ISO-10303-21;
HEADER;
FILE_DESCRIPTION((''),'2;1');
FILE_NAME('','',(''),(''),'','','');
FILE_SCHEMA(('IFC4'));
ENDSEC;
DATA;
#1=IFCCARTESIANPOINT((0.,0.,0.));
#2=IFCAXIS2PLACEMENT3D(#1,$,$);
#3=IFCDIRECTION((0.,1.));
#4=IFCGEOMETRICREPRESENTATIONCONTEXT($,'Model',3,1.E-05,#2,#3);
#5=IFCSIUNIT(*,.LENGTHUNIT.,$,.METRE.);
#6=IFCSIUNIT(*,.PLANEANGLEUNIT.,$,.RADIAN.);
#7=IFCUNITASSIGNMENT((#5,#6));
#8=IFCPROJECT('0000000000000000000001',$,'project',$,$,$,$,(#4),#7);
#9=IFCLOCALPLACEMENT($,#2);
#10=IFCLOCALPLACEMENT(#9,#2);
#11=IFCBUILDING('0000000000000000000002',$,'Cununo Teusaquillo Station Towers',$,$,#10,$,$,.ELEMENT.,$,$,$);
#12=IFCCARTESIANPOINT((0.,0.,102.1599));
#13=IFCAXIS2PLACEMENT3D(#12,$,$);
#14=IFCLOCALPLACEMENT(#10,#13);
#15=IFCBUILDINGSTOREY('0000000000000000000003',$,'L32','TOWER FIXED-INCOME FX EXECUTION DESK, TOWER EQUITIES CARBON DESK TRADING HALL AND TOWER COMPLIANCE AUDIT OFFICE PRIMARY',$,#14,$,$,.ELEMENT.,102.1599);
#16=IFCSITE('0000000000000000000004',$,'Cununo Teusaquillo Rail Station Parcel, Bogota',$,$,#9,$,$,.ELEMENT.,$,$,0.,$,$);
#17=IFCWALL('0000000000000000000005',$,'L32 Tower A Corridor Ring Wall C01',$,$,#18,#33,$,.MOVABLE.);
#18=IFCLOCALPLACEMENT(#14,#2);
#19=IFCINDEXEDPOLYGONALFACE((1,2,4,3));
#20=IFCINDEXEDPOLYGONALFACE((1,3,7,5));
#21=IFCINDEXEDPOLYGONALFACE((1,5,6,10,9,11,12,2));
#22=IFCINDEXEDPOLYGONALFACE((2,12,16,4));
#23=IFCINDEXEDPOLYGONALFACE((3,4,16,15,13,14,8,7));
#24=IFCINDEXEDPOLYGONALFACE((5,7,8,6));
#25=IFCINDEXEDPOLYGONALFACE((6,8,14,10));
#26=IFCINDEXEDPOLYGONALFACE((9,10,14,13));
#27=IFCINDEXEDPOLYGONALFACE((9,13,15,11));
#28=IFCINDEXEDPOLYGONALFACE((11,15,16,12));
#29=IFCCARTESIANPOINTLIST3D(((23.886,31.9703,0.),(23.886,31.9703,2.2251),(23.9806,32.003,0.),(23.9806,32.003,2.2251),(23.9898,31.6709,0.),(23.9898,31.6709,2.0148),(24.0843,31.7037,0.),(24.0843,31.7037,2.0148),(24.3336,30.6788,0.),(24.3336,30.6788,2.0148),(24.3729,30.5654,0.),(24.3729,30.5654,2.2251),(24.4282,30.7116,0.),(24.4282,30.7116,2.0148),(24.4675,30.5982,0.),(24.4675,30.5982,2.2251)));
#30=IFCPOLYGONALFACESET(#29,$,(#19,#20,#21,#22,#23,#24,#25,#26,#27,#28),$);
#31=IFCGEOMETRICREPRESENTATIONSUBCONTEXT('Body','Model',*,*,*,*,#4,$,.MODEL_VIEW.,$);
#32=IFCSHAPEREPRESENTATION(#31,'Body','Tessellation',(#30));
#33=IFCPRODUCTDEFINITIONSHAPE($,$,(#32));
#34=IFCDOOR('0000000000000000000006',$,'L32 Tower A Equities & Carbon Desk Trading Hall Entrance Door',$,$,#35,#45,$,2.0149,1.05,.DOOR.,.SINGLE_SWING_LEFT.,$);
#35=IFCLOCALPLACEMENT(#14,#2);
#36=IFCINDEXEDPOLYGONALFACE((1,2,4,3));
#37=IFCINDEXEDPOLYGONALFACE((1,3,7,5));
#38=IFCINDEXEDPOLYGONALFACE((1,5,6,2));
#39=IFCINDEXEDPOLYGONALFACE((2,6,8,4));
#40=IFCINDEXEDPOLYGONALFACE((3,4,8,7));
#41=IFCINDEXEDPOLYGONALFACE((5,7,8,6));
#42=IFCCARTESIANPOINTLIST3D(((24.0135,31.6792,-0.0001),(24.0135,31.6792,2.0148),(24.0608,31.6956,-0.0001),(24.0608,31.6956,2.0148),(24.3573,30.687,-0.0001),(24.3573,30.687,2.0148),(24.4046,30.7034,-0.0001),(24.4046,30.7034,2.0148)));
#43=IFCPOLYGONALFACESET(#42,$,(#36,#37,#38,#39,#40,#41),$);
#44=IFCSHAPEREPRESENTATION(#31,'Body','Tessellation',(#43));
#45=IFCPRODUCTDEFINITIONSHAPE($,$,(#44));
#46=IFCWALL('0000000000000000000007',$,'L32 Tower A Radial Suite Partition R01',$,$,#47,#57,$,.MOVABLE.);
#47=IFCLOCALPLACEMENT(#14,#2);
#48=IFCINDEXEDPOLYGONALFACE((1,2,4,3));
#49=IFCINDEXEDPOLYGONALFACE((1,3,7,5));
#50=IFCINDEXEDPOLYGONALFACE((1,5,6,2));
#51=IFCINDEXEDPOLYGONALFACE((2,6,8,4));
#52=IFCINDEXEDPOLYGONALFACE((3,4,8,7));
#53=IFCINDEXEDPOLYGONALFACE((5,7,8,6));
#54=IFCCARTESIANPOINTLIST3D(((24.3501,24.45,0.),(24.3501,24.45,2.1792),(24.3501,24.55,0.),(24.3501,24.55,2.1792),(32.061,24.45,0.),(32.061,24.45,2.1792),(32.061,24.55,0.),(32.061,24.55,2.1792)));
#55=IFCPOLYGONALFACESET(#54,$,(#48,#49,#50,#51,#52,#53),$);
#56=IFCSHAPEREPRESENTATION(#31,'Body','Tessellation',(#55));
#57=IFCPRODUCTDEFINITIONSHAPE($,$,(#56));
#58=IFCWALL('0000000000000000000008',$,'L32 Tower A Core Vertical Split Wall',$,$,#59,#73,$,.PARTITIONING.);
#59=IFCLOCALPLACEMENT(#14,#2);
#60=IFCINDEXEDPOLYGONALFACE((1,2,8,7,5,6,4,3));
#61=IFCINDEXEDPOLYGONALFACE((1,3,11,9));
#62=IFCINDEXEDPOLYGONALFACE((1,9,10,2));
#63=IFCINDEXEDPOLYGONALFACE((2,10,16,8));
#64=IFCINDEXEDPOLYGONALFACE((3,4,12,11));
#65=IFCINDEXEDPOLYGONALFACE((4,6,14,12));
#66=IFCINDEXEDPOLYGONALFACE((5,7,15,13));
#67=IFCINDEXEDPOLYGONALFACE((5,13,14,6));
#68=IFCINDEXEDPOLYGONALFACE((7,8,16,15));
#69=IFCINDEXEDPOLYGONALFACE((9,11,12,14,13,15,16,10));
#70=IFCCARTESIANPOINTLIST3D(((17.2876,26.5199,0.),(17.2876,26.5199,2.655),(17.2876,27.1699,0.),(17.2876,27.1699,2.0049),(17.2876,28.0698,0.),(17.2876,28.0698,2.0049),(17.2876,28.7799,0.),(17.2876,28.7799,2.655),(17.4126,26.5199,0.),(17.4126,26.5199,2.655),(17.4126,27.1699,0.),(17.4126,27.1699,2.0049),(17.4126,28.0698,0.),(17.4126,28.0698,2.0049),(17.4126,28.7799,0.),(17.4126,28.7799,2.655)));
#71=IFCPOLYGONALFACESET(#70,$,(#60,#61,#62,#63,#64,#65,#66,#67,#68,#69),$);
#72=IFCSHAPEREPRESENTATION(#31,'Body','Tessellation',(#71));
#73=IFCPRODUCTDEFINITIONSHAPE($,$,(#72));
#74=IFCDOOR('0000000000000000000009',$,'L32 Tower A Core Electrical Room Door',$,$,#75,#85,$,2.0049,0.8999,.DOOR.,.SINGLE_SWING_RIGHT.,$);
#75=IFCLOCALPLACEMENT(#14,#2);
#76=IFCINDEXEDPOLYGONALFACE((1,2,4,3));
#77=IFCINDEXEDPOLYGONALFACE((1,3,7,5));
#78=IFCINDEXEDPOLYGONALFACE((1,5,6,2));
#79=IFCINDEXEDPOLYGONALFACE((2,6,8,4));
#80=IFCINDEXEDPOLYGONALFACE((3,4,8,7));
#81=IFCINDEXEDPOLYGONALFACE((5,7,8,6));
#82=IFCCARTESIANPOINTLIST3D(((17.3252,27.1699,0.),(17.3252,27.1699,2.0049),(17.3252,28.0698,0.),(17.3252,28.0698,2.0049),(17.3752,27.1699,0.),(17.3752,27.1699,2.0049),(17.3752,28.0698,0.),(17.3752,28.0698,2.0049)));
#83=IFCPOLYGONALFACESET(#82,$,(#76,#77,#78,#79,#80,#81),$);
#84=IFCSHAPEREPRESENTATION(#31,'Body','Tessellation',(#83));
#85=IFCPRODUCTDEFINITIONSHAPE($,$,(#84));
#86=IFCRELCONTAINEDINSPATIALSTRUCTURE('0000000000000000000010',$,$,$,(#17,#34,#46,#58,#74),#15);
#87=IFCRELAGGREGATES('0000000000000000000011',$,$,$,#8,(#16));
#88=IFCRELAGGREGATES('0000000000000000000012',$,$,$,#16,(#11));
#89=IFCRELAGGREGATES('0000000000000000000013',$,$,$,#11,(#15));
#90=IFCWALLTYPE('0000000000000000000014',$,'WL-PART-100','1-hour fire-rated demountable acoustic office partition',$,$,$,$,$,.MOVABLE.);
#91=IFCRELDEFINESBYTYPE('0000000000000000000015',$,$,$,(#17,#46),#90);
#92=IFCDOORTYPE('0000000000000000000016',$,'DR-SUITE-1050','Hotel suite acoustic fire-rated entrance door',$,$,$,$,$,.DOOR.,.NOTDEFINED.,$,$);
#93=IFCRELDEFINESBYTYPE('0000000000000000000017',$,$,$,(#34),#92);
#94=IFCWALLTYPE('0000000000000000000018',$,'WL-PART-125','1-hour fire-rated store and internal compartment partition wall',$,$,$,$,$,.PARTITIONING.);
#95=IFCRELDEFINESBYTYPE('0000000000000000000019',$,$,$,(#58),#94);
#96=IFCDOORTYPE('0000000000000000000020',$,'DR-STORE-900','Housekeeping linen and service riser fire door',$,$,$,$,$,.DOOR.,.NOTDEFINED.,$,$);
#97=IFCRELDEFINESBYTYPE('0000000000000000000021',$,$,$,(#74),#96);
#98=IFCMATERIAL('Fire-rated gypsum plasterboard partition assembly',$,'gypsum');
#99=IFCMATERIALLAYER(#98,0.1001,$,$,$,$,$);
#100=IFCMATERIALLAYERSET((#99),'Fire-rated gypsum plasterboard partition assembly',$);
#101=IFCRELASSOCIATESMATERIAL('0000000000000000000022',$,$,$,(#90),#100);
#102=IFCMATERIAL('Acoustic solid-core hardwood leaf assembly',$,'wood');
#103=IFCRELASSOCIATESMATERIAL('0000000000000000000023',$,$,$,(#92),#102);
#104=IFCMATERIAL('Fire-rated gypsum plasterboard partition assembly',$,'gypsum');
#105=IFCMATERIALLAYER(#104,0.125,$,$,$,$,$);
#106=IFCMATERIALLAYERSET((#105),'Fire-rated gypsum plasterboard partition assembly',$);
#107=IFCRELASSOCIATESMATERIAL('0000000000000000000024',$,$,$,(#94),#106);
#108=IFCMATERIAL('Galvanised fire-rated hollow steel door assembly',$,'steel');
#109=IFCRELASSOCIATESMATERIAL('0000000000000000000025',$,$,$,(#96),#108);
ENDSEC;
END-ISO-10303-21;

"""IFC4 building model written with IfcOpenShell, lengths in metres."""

from ifc_helpers import new_model, si_unit, direction, frame, frame_2d, origin, place, context, subcontext, project, spatial, rectangle, extrude, source, transform, mapped, material, layer, layer_set, type_object, element, fill, save


model = new_model("IFC4")

# Units and contexts
model_context = context("Model", 3, precision=1e-05, world=origin(), true_north=direction((0.0, 1.0)))
body_context = subcontext(model_context, "Body", "Model", "MODEL_VIEW")
ifc_project = project(units=[si_unit("LENGTHUNIT", "METRE"), si_unit("PLANEANGLEUNIT", "RADIAN")], contexts=[model_context])

# Site, building, storey
site_placement = place(None, origin())
site = spatial("IfcSite", under=ifc_project, at=site_placement, Name="Cununo Teusaquillo Rail Station Parcel, Bogota", CompositionType="ELEMENT", RefElevation=0.0)
building_placement = place(site_placement, origin())
building = spatial("IfcBuilding", under=site, at=building_placement, Name="Cununo Teusaquillo Station Towers", CompositionType="ELEMENT")
storey_placement = place(building_placement, frame((0.0, 0.0, 102.1599)))
storey = spatial("IfcBuildingStorey", under=building, at=storey_placement, Name="L32", Description="TOWER FIXED-INCOME FX EXECUTION DESK, TOWER EQUITIES CARBON DESK TRADING HALL AND TOWER COMPLIANCE AUDIT OFFICE PRIMARY", CompositionType="ELEMENT", Elevation=102.1599)

# Shared definitions
ifc_material_1 = material(Name="Fire-rated gypsum plasterboard partition assembly", Category="gypsum")
ifc_layer_1 = layer(ifc_material_1, 0.1001)
ifc_layer_set_1 = layer_set([ifc_layer_1], Name="Fire-rated gypsum plasterboard partition assembly")
wall_type_1 = type_object("IfcWallType", Name="WL-PART-100", Description="1-hour fire-rated demountable acoustic office partition", PredefinedType="MOVABLE", material=ifc_layer_set_1)

# Wall, opening, door
wall_1_placement = place(storey_placement, frame((24.4202, 30.5818, 0.0), z_axis=(0.0, 0.0, 1.0), x_axis=(-0.327438, 0.944873, 0.0)))
wall_1 = element("IfcWall", 1, at=wall_1_placement, inside=storey, type_object=wall_type_1, Name="L32 Tower A Corridor Ring Wall C01", PredefinedType="MOVABLE", context=body_context, shape_type="SweptSolid", body=[
    extrude(rectangle(XDim=1.4868, YDim=0.1001, at=frame_2d((0.7434, 0.0))), origin(), (0.0, 0.0, 1.0), 2.2251),
])
shared_shape_1 = source(origin(), body_context, "Body", "SweptSolid", [
    extrude(rectangle(XDim=1.05, YDim=2.0149, at=frame_2d((0.5249, 1.0073))), frame((0.0, 0.0601, 0.0), z_axis=(0.0, -1.0, 0.0), x_axis=(1.0, 0.0, 0.0)), (0.0, 0.0, 1.0), 0.1201),
])
opening_1_placement = place(wall_1_placement, frame((0.1201, 0.0, 0.0)))
opening_1 = element("IfcOpeningElement", 2, at=opening_1_placement, cuts=wall_1, PredefinedType="OPENING", context=body_context, shape_type="MappedRepresentation", body=[
    mapped(shared_shape_1, transform((0.0, 0.0, 0.0), x_axis=(1.0, 0.0, 0.0), y_axis=(0.0, 1.0, 0.0), z_axis=(0.0, 0.0, 1.0), scale=1.0)),
])
ifc_material_2 = material(Name="Acoustic solid-core hardwood leaf assembly", Category="wood")
door_type_1 = type_object("IfcDoorType", Name="DR-SUITE-1050", Description="Hotel suite acoustic fire-rated entrance door", OperationType="NOTDEFINED", PredefinedType="DOOR", material=ifc_material_2)
shared_shape_2 = source(origin(), body_context, "Body", "SweptSolid", [
    extrude(rectangle(XDim=1.05, YDim=2.0149, at=frame_2d((0.5249, 1.0073))), frame((0.0, 0.0249, 0.0), z_axis=(0.0, -1.0, 0.0), x_axis=(1.0, 0.0, 0.0)), (0.0, 0.0, 1.0), 0.05),
])
door_1_placement = place(opening_1_placement, origin())
door_1 = element("IfcDoor", 3, at=door_1_placement, inside=storey, type_object=door_type_1, Name="L32 Tower A Equities & Carbon Desk Trading Hall Entrance Door", OperationType="SINGLE_SWING_LEFT", OverallHeight=2.0149, OverallWidth=1.05, PredefinedType="DOOR", context=body_context, shape_type="MappedRepresentation", body=[
    mapped(shared_shape_2, transform((0.0, 0.0, 0.0), x_axis=(1.0, 0.0, 0.0), y_axis=(0.0, 1.0, 0.0), z_axis=(0.0, 0.0, 1.0), scale=1.0)),
])
fill(opening_1, door_1)

# Wall
wall_2_placement = place(storey_placement, frame((24.3501, 24.5, 0.0), z_axis=(0.0, 0.0, 1.0), x_axis=(1.0, 0.0, 0.0)))
element("IfcWall", 4, at=wall_2_placement, inside=storey, type_object=wall_type_1, Name="L32 Tower A Radial Suite Partition R01", PredefinedType="MOVABLE", context=body_context, shape_type="SweptSolid", body=[
    extrude(rectangle(XDim=7.7109, YDim=0.1001, at=frame_2d((3.8555, 0.0))), origin(), (0.0, 0.0, 1.0), 2.1792),
])

# Wall, opening, door
ifc_material_3 = material(Name="Fire-rated gypsum plasterboard partition assembly", Category="gypsum")
ifc_layer_2 = layer(ifc_material_3, 0.125)
ifc_layer_set_2 = layer_set([ifc_layer_2], Name="Fire-rated gypsum plasterboard partition assembly")
wall_type_2 = type_object("IfcWallType", Name="WL-PART-125", Description="1-hour fire-rated store and internal compartment partition wall", PredefinedType="PARTITIONING", material=ifc_layer_set_2)
wall_3_placement = place(storey_placement, frame((17.3501, 26.52, 0.0), z_axis=(0.0, 0.0, 1.0), x_axis=(0.0, 1.0, 0.0)))
wall_3 = element("IfcWall", 5, at=wall_3_placement, inside=storey, type_object=wall_type_2, Name="L32 Tower A Core Vertical Split Wall", PredefinedType="PARTITIONING", context=body_context, shape_type="SweptSolid", body=[
    extrude(rectangle(XDim=2.26, YDim=0.125, at=frame_2d((1.1299, 0.0))), origin(), (0.0, 0.0, 1.0), 2.655),
])
shared_shape_3 = source(origin(), body_context, "Body", "SweptSolid", [
    extrude(rectangle(XDim=0.8999, YDim=2.0049, at=frame_2d((0.45, 1.0024))), frame((0.0, 0.0725, 0.0), z_axis=(0.0, -1.0, 0.0), x_axis=(1.0, 0.0, 0.0)), (0.0, 0.0, 1.0), 0.145),
])
opening_2_placement = place(wall_3_placement, frame((0.6499, 0.0, 0.0)))
opening_2 = element("IfcOpeningElement", 6, at=opening_2_placement, cuts=wall_3, PredefinedType="OPENING", context=body_context, shape_type="MappedRepresentation", body=[
    mapped(shared_shape_3, transform((0.0, 0.0, 0.0), x_axis=(1.0, 0.0, 0.0), y_axis=(0.0, 1.0, 0.0), z_axis=(0.0, 0.0, 1.0), scale=1.0)),
])
ifc_material_4 = material(Name="Galvanised fire-rated hollow steel door assembly", Category="steel")
door_type_2 = type_object("IfcDoorType", Name="DR-STORE-900", Description="Housekeeping linen and service riser fire door", OperationType="NOTDEFINED", PredefinedType="DOOR", material=ifc_material_4)
shared_shape_4 = source(origin(), body_context, "Body", "SweptSolid", [
    extrude(rectangle(XDim=0.8999, YDim=2.0049, at=frame_2d((0.45, 1.0024))), frame((0.0, 0.0249, 0.0), z_axis=(0.0, -1.0, 0.0), x_axis=(1.0, 0.0, 0.0)), (0.0, 0.0, 1.0), 0.05),
])
door_2_placement = place(opening_2_placement, origin())
door_2 = element("IfcDoor", 7, at=door_2_placement, inside=storey, type_object=door_type_2, Name="L32 Tower A Core Electrical Room Door", OperationType="SINGLE_SWING_RIGHT", OverallHeight=2.0049, OverallWidth=0.8999, PredefinedType="DOOR", context=body_context, shape_type="MappedRepresentation", body=[
    mapped(shared_shape_4, transform((0.0, 0.0, 0.0), x_axis=(1.0, 0.0, 0.0), y_axis=(0.0, 1.0, 0.0), z_axis=(0.0, 0.0, 1.0), scale=1.0)),
])
fill(opening_2, door_2)

save(model, "model.ifc")
